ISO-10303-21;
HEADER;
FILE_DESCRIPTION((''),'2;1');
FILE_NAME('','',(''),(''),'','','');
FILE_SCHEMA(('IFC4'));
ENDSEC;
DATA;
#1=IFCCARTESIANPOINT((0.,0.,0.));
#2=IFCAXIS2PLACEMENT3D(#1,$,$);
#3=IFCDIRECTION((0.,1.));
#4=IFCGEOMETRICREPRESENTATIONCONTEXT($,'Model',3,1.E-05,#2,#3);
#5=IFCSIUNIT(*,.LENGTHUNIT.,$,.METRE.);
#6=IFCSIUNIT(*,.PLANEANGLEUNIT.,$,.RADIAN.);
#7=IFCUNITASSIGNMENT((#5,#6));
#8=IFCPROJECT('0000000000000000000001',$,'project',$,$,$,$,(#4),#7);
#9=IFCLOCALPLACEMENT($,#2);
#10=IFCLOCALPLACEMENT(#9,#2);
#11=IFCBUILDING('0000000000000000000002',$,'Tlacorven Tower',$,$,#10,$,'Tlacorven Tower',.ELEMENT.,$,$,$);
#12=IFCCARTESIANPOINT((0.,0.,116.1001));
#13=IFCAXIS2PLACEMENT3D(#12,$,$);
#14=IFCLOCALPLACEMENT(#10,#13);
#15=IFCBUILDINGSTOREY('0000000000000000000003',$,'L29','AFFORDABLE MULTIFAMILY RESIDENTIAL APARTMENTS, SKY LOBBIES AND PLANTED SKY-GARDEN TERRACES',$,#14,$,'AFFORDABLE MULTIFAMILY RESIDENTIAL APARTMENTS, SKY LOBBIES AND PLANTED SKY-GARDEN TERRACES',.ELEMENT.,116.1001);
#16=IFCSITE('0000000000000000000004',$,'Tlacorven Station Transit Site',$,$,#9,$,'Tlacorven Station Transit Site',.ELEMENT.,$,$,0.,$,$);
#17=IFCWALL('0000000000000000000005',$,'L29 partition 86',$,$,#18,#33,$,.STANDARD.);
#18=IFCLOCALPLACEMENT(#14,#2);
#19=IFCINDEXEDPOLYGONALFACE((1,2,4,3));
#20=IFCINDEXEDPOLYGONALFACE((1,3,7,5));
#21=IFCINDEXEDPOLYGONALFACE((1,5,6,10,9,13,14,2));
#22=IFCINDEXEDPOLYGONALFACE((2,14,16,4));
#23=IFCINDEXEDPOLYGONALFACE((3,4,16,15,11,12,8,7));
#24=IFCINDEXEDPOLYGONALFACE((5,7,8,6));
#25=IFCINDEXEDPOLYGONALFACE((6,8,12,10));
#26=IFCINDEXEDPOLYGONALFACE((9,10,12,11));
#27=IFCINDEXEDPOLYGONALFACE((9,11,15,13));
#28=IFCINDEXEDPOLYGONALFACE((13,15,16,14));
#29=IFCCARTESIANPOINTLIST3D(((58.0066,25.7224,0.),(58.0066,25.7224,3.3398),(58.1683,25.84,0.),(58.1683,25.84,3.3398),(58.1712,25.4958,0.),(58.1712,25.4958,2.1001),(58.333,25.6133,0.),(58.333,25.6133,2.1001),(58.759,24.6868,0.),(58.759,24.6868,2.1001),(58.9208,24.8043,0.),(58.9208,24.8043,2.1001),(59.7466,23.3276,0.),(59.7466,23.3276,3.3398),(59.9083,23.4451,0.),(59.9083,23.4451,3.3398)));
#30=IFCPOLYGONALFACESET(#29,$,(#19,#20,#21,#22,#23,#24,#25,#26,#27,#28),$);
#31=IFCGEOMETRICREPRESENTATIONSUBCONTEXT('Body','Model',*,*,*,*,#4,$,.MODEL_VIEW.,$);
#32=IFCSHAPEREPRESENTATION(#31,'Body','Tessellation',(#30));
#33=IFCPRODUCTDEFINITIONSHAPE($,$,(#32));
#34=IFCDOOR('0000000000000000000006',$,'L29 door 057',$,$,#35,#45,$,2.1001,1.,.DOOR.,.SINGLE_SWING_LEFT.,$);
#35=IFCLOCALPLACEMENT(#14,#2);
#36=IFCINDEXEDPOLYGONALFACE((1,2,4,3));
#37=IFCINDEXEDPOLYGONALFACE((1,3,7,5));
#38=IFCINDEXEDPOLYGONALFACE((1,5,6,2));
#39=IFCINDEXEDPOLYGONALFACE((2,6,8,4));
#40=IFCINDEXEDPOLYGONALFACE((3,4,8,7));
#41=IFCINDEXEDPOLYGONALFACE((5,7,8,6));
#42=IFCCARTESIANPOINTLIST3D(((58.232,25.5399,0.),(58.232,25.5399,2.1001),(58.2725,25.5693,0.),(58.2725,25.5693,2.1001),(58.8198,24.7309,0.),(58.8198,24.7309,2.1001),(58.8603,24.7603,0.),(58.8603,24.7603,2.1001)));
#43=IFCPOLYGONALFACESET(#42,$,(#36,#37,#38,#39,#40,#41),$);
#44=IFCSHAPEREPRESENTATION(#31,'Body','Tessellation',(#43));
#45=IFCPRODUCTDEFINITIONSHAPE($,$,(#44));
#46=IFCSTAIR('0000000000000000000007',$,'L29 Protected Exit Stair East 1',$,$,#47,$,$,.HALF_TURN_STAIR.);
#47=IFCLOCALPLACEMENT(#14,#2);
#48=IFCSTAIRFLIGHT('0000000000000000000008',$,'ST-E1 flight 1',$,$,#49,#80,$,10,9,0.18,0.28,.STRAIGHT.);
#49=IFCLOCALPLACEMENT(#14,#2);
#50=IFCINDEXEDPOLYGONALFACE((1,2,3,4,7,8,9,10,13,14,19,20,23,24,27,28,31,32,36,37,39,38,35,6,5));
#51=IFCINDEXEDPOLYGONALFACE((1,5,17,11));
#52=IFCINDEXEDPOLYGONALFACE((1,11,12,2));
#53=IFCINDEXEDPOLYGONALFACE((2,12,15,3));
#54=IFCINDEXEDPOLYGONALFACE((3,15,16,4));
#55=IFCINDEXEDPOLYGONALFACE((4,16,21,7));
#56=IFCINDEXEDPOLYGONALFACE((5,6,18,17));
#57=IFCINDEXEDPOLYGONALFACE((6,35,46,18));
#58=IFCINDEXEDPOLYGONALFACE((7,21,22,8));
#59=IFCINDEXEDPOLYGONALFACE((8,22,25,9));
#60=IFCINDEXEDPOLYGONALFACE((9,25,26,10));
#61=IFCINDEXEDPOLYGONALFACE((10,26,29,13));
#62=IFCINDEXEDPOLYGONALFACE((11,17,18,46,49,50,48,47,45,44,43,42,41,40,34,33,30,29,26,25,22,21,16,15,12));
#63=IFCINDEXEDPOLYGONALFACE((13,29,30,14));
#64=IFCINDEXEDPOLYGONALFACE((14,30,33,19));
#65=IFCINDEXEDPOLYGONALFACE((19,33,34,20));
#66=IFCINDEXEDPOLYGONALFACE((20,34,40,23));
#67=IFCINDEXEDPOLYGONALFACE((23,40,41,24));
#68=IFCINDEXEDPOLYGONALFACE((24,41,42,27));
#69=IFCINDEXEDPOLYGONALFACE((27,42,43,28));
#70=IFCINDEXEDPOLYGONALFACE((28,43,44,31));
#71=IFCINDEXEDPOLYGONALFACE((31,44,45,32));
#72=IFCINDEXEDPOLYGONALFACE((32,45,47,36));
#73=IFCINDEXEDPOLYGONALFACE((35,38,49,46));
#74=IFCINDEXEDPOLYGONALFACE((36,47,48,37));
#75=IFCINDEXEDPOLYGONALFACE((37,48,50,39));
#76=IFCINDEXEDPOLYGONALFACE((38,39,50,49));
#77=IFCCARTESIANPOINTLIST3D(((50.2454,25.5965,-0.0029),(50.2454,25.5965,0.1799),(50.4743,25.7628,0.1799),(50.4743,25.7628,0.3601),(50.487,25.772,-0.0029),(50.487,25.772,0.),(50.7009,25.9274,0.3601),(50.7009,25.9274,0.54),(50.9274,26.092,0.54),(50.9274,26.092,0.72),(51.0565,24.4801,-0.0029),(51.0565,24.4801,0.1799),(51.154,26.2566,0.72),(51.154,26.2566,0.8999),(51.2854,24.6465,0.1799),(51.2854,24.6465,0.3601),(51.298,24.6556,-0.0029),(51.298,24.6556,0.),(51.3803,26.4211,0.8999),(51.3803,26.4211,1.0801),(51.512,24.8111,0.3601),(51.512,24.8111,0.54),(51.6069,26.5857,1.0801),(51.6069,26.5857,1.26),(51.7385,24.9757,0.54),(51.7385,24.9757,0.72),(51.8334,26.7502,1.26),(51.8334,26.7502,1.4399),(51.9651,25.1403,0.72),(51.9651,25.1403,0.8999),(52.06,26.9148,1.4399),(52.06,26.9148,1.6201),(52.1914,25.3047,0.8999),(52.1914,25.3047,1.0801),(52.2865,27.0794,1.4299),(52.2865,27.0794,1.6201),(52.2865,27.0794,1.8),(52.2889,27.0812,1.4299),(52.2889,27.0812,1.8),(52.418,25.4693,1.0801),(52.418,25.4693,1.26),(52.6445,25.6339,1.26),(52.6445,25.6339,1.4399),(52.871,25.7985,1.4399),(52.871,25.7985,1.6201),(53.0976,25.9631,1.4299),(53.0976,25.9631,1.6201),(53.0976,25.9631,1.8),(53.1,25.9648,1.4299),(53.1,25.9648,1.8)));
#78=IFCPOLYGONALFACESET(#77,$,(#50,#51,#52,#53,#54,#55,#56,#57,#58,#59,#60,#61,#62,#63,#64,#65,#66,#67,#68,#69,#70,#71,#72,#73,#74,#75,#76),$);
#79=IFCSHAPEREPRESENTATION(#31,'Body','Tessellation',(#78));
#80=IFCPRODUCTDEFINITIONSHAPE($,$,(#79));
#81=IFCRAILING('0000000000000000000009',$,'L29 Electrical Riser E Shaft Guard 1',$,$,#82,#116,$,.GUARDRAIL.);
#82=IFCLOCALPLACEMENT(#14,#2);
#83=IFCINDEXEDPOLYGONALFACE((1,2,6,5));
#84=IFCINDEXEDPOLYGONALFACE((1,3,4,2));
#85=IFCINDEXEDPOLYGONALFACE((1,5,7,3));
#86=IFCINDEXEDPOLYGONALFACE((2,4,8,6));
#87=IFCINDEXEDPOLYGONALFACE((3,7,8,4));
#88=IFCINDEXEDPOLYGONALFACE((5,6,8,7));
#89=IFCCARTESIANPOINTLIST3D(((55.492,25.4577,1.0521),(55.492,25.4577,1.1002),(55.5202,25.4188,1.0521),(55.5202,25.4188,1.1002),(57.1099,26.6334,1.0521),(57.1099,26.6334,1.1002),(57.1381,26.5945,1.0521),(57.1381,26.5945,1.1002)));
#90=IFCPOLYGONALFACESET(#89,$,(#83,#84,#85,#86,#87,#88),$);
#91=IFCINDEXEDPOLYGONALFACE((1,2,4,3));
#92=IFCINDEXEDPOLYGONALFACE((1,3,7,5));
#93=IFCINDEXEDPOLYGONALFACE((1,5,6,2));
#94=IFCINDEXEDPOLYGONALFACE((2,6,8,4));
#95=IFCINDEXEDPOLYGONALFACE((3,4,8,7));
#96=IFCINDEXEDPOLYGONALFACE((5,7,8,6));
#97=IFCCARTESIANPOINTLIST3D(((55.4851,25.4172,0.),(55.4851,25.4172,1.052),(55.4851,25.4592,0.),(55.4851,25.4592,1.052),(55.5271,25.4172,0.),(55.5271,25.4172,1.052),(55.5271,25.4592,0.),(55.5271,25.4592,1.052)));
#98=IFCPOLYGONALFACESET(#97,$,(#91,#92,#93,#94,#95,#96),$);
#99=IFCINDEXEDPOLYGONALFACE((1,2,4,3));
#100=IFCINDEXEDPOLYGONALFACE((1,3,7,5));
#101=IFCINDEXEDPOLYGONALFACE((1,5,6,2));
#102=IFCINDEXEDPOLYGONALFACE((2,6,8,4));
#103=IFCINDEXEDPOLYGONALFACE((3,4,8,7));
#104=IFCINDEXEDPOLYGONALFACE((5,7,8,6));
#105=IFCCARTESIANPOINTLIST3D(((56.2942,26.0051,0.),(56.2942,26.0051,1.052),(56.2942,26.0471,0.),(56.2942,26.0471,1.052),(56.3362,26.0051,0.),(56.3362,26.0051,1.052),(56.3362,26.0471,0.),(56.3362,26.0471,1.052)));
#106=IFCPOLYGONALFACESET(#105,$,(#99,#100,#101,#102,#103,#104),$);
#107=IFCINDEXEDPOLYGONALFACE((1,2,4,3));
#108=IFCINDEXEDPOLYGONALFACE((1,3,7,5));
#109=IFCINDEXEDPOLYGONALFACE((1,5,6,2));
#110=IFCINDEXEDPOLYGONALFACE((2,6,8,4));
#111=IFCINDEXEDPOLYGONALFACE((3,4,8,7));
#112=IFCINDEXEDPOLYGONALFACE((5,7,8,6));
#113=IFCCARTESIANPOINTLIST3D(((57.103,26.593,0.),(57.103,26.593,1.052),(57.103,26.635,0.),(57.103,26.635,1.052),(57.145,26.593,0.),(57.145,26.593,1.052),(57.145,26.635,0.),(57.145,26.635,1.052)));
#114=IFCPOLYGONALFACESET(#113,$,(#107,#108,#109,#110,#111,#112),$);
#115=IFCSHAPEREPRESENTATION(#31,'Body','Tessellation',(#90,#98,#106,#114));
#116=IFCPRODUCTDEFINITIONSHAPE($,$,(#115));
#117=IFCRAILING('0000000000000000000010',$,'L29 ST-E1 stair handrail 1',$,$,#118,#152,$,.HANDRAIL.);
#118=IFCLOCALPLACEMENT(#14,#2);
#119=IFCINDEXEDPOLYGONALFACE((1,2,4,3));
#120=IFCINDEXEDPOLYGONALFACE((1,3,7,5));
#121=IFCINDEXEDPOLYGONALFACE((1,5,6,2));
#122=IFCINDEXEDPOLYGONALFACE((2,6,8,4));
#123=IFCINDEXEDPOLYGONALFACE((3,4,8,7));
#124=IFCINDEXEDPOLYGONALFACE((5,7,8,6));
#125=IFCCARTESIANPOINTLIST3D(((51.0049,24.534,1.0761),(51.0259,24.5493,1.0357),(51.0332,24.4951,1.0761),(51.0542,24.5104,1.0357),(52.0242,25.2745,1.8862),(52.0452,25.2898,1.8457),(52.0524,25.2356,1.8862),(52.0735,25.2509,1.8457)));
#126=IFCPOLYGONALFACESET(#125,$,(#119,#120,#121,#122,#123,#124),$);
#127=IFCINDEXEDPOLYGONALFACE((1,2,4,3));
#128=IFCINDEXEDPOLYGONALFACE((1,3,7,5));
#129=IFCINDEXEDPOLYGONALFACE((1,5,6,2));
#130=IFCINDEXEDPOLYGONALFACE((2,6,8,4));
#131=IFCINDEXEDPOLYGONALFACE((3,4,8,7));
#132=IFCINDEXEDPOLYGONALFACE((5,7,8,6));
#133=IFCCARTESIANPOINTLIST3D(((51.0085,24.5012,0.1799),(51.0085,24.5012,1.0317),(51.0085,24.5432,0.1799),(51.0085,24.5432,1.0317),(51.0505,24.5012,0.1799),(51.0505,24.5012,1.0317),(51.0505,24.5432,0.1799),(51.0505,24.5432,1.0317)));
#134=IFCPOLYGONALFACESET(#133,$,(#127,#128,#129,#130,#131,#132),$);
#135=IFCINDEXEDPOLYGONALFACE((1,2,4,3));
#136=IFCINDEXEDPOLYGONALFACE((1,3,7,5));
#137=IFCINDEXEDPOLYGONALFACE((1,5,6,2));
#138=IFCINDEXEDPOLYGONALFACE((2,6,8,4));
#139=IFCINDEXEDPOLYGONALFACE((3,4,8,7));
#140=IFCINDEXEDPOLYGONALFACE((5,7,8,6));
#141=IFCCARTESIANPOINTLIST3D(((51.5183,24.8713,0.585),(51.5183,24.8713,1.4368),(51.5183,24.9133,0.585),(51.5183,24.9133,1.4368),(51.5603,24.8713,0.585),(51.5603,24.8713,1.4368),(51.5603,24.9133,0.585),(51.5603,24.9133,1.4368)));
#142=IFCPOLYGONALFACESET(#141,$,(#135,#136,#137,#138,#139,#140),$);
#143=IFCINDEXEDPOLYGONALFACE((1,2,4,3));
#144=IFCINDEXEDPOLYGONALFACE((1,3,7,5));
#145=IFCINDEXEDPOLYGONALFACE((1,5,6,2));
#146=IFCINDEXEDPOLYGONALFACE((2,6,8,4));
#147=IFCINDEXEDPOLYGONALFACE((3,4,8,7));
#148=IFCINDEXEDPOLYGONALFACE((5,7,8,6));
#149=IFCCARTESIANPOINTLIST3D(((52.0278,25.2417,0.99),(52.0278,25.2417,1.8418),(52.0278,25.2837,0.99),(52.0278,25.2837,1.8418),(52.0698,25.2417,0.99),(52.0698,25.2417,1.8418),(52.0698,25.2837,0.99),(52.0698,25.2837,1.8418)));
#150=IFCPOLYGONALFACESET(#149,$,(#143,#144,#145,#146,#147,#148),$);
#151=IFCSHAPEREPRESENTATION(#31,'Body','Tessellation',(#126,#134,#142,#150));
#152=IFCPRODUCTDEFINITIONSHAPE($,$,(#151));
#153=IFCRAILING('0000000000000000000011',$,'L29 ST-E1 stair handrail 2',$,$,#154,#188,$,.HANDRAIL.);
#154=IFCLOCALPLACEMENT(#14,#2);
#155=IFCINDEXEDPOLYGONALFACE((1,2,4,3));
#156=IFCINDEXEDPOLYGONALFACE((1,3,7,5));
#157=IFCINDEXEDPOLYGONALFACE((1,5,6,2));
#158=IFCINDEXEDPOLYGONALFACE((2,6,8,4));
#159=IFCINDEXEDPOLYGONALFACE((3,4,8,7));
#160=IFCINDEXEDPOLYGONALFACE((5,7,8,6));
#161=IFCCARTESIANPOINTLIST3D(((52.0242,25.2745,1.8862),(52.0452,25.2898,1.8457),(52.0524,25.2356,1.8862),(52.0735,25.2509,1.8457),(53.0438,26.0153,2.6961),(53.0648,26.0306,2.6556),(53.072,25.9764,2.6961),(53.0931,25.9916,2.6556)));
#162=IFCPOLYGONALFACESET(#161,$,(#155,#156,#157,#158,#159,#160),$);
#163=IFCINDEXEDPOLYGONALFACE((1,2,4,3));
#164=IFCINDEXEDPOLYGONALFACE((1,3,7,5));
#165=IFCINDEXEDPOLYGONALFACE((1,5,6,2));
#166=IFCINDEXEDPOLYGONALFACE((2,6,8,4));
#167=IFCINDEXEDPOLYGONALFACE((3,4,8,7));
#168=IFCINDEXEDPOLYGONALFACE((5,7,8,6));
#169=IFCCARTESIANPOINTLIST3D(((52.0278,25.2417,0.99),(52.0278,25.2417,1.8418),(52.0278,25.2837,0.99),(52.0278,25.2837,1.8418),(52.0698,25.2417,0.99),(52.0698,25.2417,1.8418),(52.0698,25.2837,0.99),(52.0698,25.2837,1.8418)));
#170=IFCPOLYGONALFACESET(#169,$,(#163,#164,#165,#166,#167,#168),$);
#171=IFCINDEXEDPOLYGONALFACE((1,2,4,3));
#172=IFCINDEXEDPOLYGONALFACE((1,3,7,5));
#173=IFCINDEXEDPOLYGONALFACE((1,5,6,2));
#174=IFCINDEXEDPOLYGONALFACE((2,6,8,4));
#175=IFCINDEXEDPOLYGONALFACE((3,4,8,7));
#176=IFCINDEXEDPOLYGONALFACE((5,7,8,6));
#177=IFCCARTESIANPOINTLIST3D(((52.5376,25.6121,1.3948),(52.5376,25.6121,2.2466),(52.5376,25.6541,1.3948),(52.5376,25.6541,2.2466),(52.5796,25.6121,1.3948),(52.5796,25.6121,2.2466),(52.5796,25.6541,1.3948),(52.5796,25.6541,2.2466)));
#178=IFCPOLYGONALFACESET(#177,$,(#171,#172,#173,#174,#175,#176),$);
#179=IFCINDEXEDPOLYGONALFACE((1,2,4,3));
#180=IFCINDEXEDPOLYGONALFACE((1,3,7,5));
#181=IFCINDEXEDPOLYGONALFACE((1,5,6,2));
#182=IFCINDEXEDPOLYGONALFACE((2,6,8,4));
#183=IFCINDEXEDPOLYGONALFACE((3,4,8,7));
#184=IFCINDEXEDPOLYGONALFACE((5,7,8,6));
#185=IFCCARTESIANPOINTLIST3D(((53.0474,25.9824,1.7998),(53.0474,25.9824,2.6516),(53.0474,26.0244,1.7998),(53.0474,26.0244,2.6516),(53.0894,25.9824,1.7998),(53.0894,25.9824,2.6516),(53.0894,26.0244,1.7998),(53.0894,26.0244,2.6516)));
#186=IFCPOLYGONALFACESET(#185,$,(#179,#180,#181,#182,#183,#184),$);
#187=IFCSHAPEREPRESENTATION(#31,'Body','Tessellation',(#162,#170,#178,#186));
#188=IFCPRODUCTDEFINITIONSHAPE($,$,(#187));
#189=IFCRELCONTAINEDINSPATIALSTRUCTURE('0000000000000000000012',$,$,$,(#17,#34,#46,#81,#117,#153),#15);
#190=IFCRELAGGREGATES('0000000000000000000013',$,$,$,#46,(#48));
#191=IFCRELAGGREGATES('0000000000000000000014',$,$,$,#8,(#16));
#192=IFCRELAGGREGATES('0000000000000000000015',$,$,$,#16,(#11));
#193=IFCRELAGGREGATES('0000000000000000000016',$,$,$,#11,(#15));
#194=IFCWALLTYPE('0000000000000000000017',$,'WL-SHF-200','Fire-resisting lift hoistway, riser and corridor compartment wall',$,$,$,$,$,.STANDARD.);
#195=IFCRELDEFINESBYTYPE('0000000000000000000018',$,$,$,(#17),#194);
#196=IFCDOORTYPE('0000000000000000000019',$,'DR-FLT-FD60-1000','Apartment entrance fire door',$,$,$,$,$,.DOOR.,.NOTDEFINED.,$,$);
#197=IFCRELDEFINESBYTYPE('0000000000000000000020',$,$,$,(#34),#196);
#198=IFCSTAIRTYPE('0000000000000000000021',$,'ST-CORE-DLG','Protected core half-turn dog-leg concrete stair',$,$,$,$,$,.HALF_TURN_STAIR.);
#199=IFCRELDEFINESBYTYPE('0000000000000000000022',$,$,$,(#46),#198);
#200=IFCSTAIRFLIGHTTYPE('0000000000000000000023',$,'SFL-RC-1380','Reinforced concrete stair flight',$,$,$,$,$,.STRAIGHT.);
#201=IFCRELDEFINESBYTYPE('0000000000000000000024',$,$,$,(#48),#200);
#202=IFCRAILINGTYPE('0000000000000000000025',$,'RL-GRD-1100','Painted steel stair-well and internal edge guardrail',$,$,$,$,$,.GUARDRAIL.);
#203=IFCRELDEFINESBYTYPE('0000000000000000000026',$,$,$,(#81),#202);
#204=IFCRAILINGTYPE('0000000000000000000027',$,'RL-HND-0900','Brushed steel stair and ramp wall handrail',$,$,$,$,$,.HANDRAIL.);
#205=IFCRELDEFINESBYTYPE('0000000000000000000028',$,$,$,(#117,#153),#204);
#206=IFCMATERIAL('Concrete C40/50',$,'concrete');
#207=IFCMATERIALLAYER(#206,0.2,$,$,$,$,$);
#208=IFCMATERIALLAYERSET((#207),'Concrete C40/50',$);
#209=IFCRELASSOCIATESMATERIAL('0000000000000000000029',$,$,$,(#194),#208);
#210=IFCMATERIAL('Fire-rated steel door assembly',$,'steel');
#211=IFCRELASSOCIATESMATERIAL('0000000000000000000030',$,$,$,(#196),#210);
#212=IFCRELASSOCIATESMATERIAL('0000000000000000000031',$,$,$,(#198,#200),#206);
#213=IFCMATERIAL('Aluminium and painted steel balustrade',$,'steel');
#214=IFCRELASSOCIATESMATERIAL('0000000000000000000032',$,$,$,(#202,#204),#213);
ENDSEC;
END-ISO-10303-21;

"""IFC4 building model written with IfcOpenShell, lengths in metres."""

from ifc_helpers import new_model, si_unit, direction, frame, frame_2d, origin, origin_2d, place, context, subcontext, project, spatial, polyline, rectangle, outline, extrude, source, transform, mapped, material, layer, layer_set, type_object, element, fill, aggregate, save


model = new_model("IFC4")

# Units and contexts
model_context = context("Model", 3, precision=1e-05, world=origin(), true_north=direction((0.0, 1.0)))
body_context = subcontext(model_context, "Body", "Model", "MODEL_VIEW")
ifc_project = project(units=[si_unit("LENGTHUNIT", "METRE"), si_unit("PLANEANGLEUNIT", "RADIAN")], contexts=[model_context])

# Site, building, storey
site_placement = place(None, origin())
site = spatial("IfcSite", under=ifc_project, at=site_placement, Name="Tlacorven Station Transit Site", LongName="Tlacorven Station Transit Site", CompositionType="ELEMENT", RefElevation=0.0)
building_placement = place(site_placement, origin())
building = spatial("IfcBuilding", under=site, at=building_placement, Name="Tlacorven Tower", LongName="Tlacorven Tower", CompositionType="ELEMENT")
storey_placement = place(building_placement, frame((0.0, 0.0, 116.1001)))
storey = spatial("IfcBuildingStorey", under=building, at=storey_placement, Name="L29", Description="AFFORDABLE MULTIFAMILY RESIDENTIAL APARTMENTS, SKY LOBBIES AND PLANTED SKY-GARDEN TERRACES", LongName="AFFORDABLE MULTIFAMILY RESIDENTIAL APARTMENTS, SKY LOBBIES AND PLANTED SKY-GARDEN TERRACES", CompositionType="ELEMENT", Elevation=116.1001)

# Shared definitions
ifc_material_1 = material(Name="Concrete C40/50", Category="concrete")
ifc_layer_1 = layer(ifc_material_1, 0.2)
ifc_layer_set_1 = layer_set([ifc_layer_1], Name="Concrete C40/50")
wall_type_1 = type_object("IfcWallType", Name="WL-SHF-200", Description="Fire-resisting lift hoistway, riser and corridor compartment wall", PredefinedType="STANDARD", material=ifc_layer_set_1)

# Shared definitions
ifc_material_2 = material(Name="Fire-rated steel door assembly", Category="steel")

# Wall, opening, door
wall_1_placement = place(storey_placement, frame((59.8274, 23.3865, 0.0), z_axis=(0.0, 0.0, 1.0), x_axis=(-0.587804, 0.809003, 0.0)))
wall_1 = element("IfcWall", 1, at=wall_1_placement, inside=storey, type_object=wall_type_1, Name="L29 partition 86", PredefinedType="STANDARD", context=body_context, shape_type="SweptSolid", body=[
    extrude(rectangle(XDim=2.9602, YDim=0.2, at=frame_2d((1.48, 0.0))), origin(), (0.0, 0.0, 1.0), 3.3398),
])
opening_1_placement = place(wall_1_placement, frame((1.6799, 0.0, 0.0)))
opening_1 = element("IfcOpeningElement", 2, at=opening_1_placement, cuts=wall_1, PredefinedType="OPENING", context=body_context, shape_type="SweptSolid", body=[
    extrude(rectangle(XDim=1.0, YDim=2.1001, at=frame_2d((0.5, 1.05))), frame((0.0, 0.1099, 0.0), z_axis=(0.0, -1.0, 0.0), x_axis=(1.0, 0.0, 0.0)), (0.0, 0.0, 1.0), 0.22),
])
door_type_1 = type_object("IfcDoorType", Name="DR-FLT-FD60-1000", Description="Apartment entrance fire door", OperationType="NOTDEFINED", PredefinedType="DOOR", material=ifc_material_2)
shared_shape_1 = source(origin(), body_context, "Body", "SweptSolid", [
    extrude(rectangle(XDim=1.0, YDim=2.1001, at=frame_2d((0.5, 1.05))), frame((0.0, 0.0249, 0.0), z_axis=(0.0, -1.0, 0.0), x_axis=(1.0, 0.0, 0.0)), (0.0, 0.0, 1.0), 0.05),
])
door_1_placement = place(opening_1_placement, origin())
door_1 = element("IfcDoor", 3, at=door_1_placement, inside=storey, type_object=door_type_1, Name="L29 door 057", OperationType="SINGLE_SWING_LEFT", OverallHeight=2.1001, OverallWidth=1.0, PredefinedType="DOOR", context=body_context, shape_type="MappedRepresentation", body=[
    mapped(shared_shape_1, transform((0.0, 0.0, 0.0), scale=1.0)),
])
fill(opening_1, door_1)

# Stair, stair flight
stair_type = type_object("IfcStairType", Name="ST-CORE-DLG", Description="Protected core half-turn dog-leg concrete stair", PredefinedType="HALF_TURN_STAIR", material=ifc_material_1)
stair_placement = place(storey_placement, origin())
stair = element("IfcStair", 4, at=stair_placement, inside=storey, type_object=stair_type, Name="L29 Protected Exit Stair East 1", PredefinedType="HALF_TURN_STAIR")
stair_flight_type = type_object("IfcStairFlightType", Name="SFL-RC-1380", Description="Reinforced concrete stair flight", PredefinedType="STRAIGHT", material=ifc_material_1)
shared_shape_2 = source(origin(), body_context, "Body", "SweptSolid", [
    extrude(outline(polyline([(-0.0029, -0.0029), (-0.0029, 0.1799), (0.28, 0.1799), (0.28, 0.3601), (0.5601, 0.3601), (0.5601, 0.54), (0.8401, 0.54), (0.8401, 0.72), (1.1201, 0.72), (1.1201, 0.8999), (1.3999, 0.8999), (1.3999, 1.0801), (1.6799, 1.0801), (1.6799, 1.26), (1.96, 1.26), (1.96, 1.4399), (2.24, 1.4399), (2.24, 1.6201), (2.52, 1.6201), (2.52, 1.8), (2.5229, 1.8), (2.5229, 1.4299), (2.52, 1.4299), (0.2957, 0.0), (0.2957, -0.0029), (-0.0029, -0.0029)])), frame((0.0, 0.6899, 0.0), z_axis=(0.0, -1.0, 0.0), x_axis=(1.0, 0.0, 0.0)), (0.0, 0.0, 1.0), 1.3799),
])
stair_flight_placement = place(storey_placement, frame((50.6533, 25.04, 0.0), z_axis=(0.0, 0.0, 1.0), x_axis=(0.809017, 0.587785, 0.0)))
stair_flight = element("IfcStairFlight", 5, at=stair_flight_placement, type_object=stair_flight_type, Name="ST-E1 flight 1", NumberOfRisers=10, NumberOfTreads=9, PredefinedType="STRAIGHT", RiserHeight=0.18, TreadLength=0.28, context=body_context, shape_type="MappedRepresentation", body=[
    mapped(shared_shape_2, transform((0.0, 0.0, 0.0), scale=1.0)),
])
aggregate(stair, [stair_flight])

# Railings
ifc_material_3 = material(Name="Aluminium and painted steel balustrade", Category="steel")
railing_type_1 = type_object("IfcRailingType", Name="RL-GRD-1100", Description="Painted steel stair-well and internal edge guardrail", PredefinedType="GUARDRAIL", material=ifc_material_3)
shared_shape_3 = source(origin(), body_context, "Body", "SweptSolid", [
    extrude(rectangle(XDim=0.0481, YDim=0.0481, at=origin_2d()), frame((0.0, 0.0, 1.0762), z_axis=(0.808947, 0.587881, 0.0), x_axis=(-0.587881, 0.808947, 0.0)), (0.0, 0.0, 1.0), 2.0),
    extrude(rectangle(XDim=0.042, YDim=0.042, at=origin_2d()), origin(), (0.0, 0.0, 1.0), 1.052),
    extrude(rectangle(XDim=0.042, YDim=0.042, at=origin_2d()), frame((0.8091, 0.5879, 0.0)), (0.0, 0.0, 1.0), 1.052),
    extrude(rectangle(XDim=0.042, YDim=0.042, at=origin_2d()), frame((1.6179, 1.1758, 0.0)), (0.0, 0.0, 1.0), 1.052),
])
railing_1_placement = place(storey_placement, frame((55.5061, 25.4382, 0.0)))
element("IfcRailing", 6, at=railing_1_placement, inside=storey, type_object=railing_type_1, Name="L29 Electrical Riser E Shaft Guard 1", PredefinedType="GUARDRAIL", context=body_context, shape_type="MappedRepresentation", body=[
    mapped(shared_shape_3, transform((0.0, 0.0, 0.0), scale=1.0)),
])
railing_type_2 = type_object("IfcRailingType", Name="RL-HND-0900", Description="Brushed steel stair and ramp wall handrail", PredefinedType="HANDRAIL", material=ifc_material_3)
shared_shape_4 = source(origin(), body_context, "Body", "SweptSolid", [
    extrude(rectangle(XDim=0.0481, YDim=0.0481, at=origin_2d()), frame((0.0, 0.0, 0.876), z_axis=(0.680516, 0.494373, 0.540827), x_axis=(-0.587745, 0.809046, 0.0)), (0.0, 0.0, 1.0), 1.4978),
    extrude(rectangle(XDim=0.042, YDim=0.042, at=origin_2d()), origin(), (0.0, 0.0, 1.0), 0.8518),
    extrude(rectangle(XDim=0.042, YDim=0.042, at=origin_2d()), frame((0.5098, 0.3701, 0.405)), (0.0, 0.0, 1.0), 0.8518),
    extrude(rectangle(XDim=0.042, YDim=0.042, at=origin_2d()), frame((1.0193, 0.7405, 0.8101)), (0.0, 0.0, 1.0), 0.8518),
])
railing_2_placement = place(storey_placement, frame((51.0295, 24.5222, 0.1799)))
element("IfcRailing", 7, at=railing_2_placement, inside=storey, type_object=railing_type_2, Name="L29 ST-E1 stair handrail 1", PredefinedType="HANDRAIL", context=body_context, shape_type="MappedRepresentation", body=[
    mapped(shared_shape_4, transform((0.0, 0.0, 0.0), scale=1.0)),
])
shared_shape_5 = source(origin(), body_context, "Body", "SweptSolid", [
    extrude(rectangle(XDim=0.0481, YDim=0.0481, at=origin_2d()), frame((0.0, 0.0, 0.876), z_axis=(0.680609, 0.494484, 0.540608), x_axis=(-0.58778, 0.809021, 0.0)), (0.0, 0.0, 1.0), 1.498),
    extrude(rectangle(XDim=0.042, YDim=0.042, at=origin_2d()), origin(), (0.0, 0.0, 1.0), 0.8518),
    extrude(rectangle(XDim=0.042, YDim=0.042, at=origin_2d()), frame((0.5098, 0.3704, 0.4048)), (0.0, 0.0, 1.0), 0.8518),
    extrude(rectangle(XDim=0.042, YDim=0.042, at=origin_2d()), frame((1.0195, 0.7407, 0.8098)), (0.0, 0.0, 1.0), 0.8518),
])
railing_3_placement = place(storey_placement, frame((52.0488, 25.2627, 0.99)))
element("IfcRailing", 8, at=railing_3_placement, inside=storey, type_object=railing_type_2, Name="L29 ST-E1 stair handrail 2", PredefinedType="HANDRAIL", context=body_context, shape_type="MappedRepresentation", body=[
    mapped(shared_shape_5, transform((0.0, 0.0, 0.0), scale=1.0)),
])

save(model, "model.ifc")
